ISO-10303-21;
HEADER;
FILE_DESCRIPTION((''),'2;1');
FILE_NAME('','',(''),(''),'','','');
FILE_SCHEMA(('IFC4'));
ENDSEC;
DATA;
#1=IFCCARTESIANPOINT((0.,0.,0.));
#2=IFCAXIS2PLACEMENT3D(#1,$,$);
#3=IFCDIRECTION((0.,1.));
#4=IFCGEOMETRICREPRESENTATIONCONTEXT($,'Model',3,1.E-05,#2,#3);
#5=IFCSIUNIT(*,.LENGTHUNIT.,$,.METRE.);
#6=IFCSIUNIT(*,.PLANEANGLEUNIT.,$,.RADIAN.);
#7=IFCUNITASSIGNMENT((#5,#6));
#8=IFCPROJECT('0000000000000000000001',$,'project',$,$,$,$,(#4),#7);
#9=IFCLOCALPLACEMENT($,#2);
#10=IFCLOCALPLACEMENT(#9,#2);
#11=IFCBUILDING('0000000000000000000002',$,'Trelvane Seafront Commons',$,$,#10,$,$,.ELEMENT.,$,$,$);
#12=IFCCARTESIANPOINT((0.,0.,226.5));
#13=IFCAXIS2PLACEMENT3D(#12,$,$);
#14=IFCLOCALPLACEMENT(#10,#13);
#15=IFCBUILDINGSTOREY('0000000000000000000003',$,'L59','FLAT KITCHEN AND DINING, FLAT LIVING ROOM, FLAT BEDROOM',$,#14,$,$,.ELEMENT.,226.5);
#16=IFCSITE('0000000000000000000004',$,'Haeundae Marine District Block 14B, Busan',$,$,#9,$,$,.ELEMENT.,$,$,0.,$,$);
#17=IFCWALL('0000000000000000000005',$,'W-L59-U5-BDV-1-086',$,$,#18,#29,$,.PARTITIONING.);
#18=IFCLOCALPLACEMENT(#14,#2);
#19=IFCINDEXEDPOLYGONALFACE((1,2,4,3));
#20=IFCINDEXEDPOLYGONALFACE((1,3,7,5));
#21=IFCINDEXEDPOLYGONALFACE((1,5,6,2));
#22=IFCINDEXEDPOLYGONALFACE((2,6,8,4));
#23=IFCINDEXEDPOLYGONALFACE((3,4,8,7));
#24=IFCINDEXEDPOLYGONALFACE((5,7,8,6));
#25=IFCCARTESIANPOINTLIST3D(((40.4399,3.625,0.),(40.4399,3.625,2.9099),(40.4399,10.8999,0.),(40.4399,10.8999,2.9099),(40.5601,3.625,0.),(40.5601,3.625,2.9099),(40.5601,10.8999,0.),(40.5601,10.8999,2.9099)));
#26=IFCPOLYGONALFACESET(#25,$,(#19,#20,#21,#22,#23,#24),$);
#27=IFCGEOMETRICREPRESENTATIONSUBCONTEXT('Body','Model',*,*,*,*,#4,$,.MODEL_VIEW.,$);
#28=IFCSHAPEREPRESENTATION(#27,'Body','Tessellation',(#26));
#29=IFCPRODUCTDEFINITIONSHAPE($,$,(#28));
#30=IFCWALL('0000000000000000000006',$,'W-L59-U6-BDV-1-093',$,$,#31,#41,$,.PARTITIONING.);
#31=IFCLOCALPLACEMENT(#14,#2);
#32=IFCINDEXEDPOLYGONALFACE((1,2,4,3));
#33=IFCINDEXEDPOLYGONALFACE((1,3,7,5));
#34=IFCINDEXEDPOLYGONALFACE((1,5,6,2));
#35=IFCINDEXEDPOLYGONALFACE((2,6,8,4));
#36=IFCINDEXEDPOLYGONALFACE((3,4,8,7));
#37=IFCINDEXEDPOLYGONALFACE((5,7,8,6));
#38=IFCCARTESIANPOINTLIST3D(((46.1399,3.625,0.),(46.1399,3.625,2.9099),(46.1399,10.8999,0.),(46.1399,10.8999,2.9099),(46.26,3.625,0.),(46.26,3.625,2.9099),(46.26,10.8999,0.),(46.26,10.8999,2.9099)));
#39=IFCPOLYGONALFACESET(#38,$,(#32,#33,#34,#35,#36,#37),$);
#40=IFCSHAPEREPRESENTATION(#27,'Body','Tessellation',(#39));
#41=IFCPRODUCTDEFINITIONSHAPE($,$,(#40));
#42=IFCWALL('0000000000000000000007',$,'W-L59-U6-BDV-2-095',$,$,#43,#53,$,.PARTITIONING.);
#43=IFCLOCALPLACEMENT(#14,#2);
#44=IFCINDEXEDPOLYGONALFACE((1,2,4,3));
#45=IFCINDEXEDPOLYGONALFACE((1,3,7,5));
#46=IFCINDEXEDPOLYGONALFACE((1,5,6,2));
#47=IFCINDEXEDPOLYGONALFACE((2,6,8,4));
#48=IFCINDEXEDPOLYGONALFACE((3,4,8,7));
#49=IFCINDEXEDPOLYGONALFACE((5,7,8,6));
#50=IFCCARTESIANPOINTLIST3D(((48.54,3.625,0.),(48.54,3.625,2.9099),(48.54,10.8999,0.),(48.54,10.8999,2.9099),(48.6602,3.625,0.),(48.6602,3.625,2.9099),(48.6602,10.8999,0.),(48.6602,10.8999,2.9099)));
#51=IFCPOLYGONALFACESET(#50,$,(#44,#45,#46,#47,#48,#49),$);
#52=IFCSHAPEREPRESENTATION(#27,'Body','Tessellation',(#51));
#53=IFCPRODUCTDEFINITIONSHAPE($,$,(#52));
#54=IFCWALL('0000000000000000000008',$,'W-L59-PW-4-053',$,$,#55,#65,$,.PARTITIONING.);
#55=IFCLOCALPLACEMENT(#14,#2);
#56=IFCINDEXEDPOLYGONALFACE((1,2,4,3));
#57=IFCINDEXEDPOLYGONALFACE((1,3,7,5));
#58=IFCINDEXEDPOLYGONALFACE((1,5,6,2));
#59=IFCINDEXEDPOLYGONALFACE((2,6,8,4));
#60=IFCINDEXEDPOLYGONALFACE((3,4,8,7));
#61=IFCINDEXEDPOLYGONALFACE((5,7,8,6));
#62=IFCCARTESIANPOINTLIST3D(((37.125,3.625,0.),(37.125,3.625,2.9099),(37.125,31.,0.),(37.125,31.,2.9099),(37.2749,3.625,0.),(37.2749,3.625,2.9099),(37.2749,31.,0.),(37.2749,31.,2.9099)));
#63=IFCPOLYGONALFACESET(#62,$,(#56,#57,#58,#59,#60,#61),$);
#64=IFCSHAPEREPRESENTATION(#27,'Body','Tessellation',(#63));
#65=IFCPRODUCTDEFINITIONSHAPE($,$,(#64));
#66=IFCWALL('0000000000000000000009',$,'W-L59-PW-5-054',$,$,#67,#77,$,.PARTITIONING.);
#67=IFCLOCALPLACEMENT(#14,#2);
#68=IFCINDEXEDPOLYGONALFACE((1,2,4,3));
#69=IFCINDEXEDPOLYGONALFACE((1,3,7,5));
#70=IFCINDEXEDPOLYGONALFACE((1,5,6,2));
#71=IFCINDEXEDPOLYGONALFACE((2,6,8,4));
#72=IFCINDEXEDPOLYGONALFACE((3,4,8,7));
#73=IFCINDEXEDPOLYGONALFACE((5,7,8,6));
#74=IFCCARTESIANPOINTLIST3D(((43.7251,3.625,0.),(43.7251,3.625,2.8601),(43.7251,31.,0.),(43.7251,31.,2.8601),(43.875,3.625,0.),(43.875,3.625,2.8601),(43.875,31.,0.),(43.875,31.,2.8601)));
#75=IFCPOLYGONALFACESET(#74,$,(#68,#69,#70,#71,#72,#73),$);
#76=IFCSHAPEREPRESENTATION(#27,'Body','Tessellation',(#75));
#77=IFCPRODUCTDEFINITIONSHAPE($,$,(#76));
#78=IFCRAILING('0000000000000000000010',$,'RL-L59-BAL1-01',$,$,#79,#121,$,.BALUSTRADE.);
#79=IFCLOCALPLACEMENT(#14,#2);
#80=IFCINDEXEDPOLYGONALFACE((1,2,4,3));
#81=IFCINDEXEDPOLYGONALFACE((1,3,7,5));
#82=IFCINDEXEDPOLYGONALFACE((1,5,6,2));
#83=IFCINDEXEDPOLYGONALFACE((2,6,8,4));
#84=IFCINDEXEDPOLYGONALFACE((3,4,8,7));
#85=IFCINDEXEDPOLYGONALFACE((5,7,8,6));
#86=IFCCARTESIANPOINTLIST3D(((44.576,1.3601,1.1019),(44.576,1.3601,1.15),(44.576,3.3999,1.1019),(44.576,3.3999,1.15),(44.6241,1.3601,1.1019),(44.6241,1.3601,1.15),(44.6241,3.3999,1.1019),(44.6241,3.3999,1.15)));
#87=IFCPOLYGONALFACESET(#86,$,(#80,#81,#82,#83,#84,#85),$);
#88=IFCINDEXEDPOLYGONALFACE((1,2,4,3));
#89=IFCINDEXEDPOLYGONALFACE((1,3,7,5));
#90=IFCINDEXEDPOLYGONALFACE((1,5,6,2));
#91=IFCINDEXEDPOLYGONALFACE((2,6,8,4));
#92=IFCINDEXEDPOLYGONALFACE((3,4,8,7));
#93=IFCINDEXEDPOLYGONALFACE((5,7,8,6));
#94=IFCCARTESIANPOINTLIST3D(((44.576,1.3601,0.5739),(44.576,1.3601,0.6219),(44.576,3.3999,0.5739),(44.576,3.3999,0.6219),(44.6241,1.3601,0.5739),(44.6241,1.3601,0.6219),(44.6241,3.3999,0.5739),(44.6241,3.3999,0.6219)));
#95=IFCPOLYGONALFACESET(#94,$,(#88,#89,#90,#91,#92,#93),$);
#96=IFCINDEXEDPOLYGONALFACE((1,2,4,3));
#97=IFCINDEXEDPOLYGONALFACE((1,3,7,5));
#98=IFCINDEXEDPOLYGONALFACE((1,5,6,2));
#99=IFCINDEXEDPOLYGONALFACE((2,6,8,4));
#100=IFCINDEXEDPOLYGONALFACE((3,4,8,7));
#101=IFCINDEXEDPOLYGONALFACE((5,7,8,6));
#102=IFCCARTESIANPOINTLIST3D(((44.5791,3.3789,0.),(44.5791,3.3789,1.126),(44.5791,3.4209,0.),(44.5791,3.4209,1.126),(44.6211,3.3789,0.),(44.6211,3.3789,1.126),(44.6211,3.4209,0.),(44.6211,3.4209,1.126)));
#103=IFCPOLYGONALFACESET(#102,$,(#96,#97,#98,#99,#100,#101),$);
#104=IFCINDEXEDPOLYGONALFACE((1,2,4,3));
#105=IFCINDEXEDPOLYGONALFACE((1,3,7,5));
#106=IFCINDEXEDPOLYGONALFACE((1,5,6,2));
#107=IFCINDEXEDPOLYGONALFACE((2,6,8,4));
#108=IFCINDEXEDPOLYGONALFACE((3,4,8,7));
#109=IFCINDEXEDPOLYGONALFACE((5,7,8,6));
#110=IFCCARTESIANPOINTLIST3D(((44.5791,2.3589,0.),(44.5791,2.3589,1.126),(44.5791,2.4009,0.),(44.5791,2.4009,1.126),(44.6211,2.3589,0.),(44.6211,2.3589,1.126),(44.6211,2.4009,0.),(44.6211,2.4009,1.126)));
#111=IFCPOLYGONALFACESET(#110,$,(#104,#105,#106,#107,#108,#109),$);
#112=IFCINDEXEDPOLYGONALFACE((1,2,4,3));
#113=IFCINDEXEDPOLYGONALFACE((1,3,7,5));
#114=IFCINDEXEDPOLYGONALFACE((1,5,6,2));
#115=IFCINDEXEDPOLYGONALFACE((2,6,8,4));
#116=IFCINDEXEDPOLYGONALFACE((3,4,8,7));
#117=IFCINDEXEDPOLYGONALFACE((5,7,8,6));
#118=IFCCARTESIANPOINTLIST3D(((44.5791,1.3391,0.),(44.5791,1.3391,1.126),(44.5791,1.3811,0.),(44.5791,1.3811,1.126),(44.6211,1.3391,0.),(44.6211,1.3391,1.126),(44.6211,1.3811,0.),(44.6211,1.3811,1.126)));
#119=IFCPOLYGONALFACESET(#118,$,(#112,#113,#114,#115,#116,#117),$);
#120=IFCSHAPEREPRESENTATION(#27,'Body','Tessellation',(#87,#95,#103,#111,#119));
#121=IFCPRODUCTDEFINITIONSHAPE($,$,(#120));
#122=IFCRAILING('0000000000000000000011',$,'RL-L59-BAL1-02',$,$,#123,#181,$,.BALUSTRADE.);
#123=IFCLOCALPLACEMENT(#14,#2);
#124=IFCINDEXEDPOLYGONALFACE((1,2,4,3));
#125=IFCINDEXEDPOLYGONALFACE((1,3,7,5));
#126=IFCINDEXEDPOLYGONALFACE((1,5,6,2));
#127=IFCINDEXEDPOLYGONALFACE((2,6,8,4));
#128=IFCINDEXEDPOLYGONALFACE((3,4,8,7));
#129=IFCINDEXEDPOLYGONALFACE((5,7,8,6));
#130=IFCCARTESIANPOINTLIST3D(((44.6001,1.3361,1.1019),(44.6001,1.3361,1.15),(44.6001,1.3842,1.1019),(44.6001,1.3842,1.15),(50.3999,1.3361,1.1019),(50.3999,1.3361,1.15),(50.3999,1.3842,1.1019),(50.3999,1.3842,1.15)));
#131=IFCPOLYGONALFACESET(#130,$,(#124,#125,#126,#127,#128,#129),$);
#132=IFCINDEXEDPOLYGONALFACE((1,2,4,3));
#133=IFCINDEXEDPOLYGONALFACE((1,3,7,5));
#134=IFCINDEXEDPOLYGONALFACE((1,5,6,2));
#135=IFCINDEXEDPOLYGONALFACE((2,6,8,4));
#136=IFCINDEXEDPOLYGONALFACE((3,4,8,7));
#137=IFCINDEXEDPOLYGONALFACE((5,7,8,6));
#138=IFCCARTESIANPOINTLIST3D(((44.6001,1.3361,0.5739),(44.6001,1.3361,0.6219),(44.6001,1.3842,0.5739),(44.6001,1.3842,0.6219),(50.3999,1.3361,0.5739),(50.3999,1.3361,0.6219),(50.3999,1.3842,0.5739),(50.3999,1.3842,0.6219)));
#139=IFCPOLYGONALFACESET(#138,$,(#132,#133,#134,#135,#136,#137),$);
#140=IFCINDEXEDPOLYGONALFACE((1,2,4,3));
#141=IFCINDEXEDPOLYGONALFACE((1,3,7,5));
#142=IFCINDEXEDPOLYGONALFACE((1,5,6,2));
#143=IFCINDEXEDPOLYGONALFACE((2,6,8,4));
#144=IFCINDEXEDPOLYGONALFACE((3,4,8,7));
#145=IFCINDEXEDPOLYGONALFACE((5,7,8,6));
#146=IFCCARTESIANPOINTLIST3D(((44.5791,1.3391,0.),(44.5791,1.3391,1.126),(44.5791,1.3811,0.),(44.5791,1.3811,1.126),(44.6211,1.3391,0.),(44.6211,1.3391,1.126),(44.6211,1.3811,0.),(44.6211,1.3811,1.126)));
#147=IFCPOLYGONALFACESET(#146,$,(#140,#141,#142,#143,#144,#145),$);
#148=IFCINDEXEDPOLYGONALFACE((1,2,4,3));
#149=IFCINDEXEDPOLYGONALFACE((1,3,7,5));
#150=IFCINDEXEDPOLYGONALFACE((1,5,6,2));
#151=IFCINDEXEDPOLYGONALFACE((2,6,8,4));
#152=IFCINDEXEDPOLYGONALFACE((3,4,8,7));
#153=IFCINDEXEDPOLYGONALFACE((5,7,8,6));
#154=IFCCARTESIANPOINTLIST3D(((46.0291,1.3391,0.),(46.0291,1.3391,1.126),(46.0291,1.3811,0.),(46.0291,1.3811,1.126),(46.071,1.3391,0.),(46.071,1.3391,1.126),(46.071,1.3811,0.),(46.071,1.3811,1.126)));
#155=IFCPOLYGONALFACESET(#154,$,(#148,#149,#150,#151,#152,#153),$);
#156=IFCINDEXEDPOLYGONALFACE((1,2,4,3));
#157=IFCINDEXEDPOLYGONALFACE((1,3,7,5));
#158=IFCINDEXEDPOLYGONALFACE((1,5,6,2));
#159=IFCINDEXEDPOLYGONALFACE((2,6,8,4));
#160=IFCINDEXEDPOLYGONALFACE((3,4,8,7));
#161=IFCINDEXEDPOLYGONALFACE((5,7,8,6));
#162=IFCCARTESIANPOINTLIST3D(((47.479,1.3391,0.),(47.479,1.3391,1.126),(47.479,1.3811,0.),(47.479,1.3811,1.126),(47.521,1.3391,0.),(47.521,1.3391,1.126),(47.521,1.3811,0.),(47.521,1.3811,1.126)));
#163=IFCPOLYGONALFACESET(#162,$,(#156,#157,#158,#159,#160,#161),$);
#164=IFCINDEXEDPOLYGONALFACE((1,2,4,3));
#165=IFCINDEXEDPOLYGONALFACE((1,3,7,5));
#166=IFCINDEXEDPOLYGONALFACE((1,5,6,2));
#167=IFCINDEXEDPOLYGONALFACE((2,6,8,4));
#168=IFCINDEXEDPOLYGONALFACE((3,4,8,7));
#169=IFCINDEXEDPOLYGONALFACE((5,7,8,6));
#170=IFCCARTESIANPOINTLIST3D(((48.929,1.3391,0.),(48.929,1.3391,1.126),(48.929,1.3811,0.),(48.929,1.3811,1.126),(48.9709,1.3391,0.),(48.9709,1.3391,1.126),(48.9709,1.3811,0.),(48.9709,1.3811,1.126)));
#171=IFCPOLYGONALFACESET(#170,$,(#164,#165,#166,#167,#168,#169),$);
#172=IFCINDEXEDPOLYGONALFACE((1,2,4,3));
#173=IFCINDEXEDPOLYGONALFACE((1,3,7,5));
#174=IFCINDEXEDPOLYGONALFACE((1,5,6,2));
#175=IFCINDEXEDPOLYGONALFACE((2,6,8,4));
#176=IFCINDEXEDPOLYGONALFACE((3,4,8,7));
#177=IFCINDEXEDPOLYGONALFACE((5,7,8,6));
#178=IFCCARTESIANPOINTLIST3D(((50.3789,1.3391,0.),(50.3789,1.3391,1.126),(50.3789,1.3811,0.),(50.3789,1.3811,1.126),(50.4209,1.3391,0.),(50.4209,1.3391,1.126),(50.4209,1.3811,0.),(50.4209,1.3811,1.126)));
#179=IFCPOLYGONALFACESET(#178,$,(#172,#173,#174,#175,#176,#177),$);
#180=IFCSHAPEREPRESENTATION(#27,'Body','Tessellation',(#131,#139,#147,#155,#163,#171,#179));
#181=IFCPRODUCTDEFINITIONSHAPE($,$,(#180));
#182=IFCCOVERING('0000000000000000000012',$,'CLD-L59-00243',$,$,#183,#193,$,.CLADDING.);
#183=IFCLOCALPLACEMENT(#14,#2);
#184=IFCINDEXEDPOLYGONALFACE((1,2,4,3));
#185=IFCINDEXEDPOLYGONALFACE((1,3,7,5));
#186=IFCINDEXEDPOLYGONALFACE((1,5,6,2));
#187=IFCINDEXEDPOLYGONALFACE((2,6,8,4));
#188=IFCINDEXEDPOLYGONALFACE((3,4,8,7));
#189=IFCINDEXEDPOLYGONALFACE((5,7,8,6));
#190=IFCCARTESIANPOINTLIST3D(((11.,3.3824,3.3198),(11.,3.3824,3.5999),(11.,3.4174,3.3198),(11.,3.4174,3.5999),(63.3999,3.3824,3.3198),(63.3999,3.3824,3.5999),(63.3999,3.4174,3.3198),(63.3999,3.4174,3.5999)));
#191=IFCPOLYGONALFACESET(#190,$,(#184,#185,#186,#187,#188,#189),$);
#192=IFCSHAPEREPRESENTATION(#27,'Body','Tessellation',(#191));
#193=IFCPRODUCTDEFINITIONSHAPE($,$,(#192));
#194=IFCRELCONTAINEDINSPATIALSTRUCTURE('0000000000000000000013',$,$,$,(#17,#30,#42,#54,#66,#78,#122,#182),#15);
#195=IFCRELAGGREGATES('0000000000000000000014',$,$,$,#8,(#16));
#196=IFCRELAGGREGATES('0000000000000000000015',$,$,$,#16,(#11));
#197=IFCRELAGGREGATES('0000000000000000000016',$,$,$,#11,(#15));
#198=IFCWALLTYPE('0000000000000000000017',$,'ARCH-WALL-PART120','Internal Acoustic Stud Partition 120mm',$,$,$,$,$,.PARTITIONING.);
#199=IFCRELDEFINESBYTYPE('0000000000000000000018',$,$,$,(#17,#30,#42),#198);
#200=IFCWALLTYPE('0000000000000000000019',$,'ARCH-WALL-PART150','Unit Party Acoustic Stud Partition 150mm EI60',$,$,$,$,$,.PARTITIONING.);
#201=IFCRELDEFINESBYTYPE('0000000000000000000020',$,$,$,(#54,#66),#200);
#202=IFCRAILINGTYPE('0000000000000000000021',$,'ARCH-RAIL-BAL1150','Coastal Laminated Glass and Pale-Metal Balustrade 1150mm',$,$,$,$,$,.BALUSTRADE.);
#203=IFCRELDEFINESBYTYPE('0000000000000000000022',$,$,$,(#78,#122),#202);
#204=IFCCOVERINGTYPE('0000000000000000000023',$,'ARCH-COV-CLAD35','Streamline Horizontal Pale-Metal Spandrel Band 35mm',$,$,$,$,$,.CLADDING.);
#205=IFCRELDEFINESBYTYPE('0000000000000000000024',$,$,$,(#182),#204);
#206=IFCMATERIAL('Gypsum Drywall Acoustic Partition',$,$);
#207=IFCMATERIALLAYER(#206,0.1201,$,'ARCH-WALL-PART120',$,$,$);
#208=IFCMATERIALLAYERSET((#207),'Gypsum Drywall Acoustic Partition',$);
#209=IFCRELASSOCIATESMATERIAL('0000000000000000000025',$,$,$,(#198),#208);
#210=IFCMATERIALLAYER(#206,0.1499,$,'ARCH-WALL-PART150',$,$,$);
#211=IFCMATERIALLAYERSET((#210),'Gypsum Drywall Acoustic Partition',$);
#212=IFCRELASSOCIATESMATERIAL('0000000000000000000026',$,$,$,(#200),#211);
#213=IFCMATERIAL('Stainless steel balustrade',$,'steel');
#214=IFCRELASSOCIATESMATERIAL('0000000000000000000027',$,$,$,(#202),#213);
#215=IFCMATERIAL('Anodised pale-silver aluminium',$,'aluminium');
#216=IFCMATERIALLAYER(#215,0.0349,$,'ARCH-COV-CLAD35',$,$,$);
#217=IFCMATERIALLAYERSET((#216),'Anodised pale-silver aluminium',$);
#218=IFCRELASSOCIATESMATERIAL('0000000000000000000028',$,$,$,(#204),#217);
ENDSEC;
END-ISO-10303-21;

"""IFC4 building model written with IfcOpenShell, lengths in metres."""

from ifc_helpers import new_model, si_unit, direction, frame, frame_2d, origin, origin_2d, place, context, subcontext, project, spatial, rectangle, extrude, source, transform, mapped, material, layer, layer_set, type_object, element, save


model = new_model("IFC4")

# Units and contexts
model_context = context("Model", 3, precision=1e-05, world=origin(), true_north=direction((0.0, 1.0)))
body_context = subcontext(model_context, "Body", "Model", "MODEL_VIEW")
ifc_project = project(units=[si_unit("LENGTHUNIT", "METRE"), si_unit("PLANEANGLEUNIT", "RADIAN")], contexts=[model_context])

# Site, building, storey
site_placement = place(None, origin())
site = spatial("IfcSite", under=ifc_project, at=site_placement, Name="Haeundae Marine District Block 14B, Busan", CompositionType="ELEMENT", RefElevation=0.0)
building_placement = place(site_placement, origin())
building = spatial("IfcBuilding", under=site, at=building_placement, Name="Trelvane Seafront Commons", CompositionType="ELEMENT")
storey_placement = place(building_placement, frame((0.0, 0.0, 226.5)))
storey = spatial("IfcBuildingStorey", under=building, at=storey_placement, Name="L59", Description="FLAT KITCHEN AND DINING, FLAT LIVING ROOM, FLAT BEDROOM", CompositionType="ELEMENT", Elevation=226.5)

# Shared definitions
ifc_material_1 = material(Name="Anodised pale-silver aluminium", Category="aluminium")

# Shared definitions
ifc_material_2 = material(Name="Gypsum Drywall Acoustic Partition")
ifc_layer_1 = layer(ifc_material_2, 0.1201, Name="ARCH-WALL-PART120")
ifc_layer_set_1 = layer_set([ifc_layer_1], Name="Gypsum Drywall Acoustic Partition")
wall_type_1 = type_object("IfcWallType", Name="ARCH-WALL-PART120", Description="Internal Acoustic Stud Partition 120mm", PredefinedType="PARTITIONING", material=ifc_layer_set_1)

# Wall
wall_1_placement = place(storey_placement, frame((40.5, 3.625, 0.0), z_axis=(0.0, 0.0, 1.0), x_axis=(0.0, 1.0, 0.0)))
element("IfcWall", 1, at=wall_1_placement, inside=storey, type_object=wall_type_1, Name="W-L59-U5-BDV-1-086", PredefinedType="PARTITIONING", context=body_context, shape_type="SweptSolid", body=[
    extrude(rectangle(XDim=7.2749, YDim=0.1201, at=frame_2d((3.6375, 0.0))), origin(), (0.0, 0.0, 1.0), 2.9099),
])

# Wall
wall_2_placement = place(storey_placement, frame((46.2, 3.625, 0.0), z_axis=(0.0, 0.0, 1.0), x_axis=(0.0, 1.0, 0.0)))
element("IfcWall", 2, at=wall_2_placement, inside=storey, type_object=wall_type_1, Name="W-L59-U6-BDV-1-093", PredefinedType="PARTITIONING", context=body_context, shape_type="SweptSolid", body=[
    extrude(rectangle(XDim=7.2749, YDim=0.1201, at=frame_2d((3.6375, 0.0))), origin(), (0.0, 0.0, 1.0), 2.9099),
])

# Walls
wall_3_placement = place(storey_placement, frame((48.6001, 3.625, 0.0), z_axis=(0.0, 0.0, 1.0), x_axis=(0.0, 1.0, 0.0)))
element("IfcWall", 3, at=wall_3_placement, inside=storey, type_object=wall_type_1, Name="W-L59-U6-BDV-2-095", PredefinedType="PARTITIONING", context=body_context, shape_type="SweptSolid", body=[
    extrude(rectangle(XDim=7.2749, YDim=0.1201, at=frame_2d((3.6375, 0.0))), origin(), (0.0, 0.0, 1.0), 2.9099),
])
ifc_layer_2 = layer(ifc_material_2, 0.1499, Name="ARCH-WALL-PART150")
ifc_layer_set_2 = layer_set([ifc_layer_2], Name="Gypsum Drywall Acoustic Partition")
wall_type_2 = type_object("IfcWallType", Name="ARCH-WALL-PART150", Description="Unit Party Acoustic Stud Partition 150mm EI60", PredefinedType="PARTITIONING", material=ifc_layer_set_2)
wall_4_placement = place(storey_placement, frame((37.2, 3.625, 0.0), z_axis=(0.0, 0.0, 1.0), x_axis=(0.0, 1.0, 0.0)))
element("IfcWall", 4, at=wall_4_placement, inside=storey, type_object=wall_type_2, Name="W-L59-PW-4-053", PredefinedType="PARTITIONING", context=body_context, shape_type="SweptSolid", body=[
    extrude(rectangle(XDim=27.375, YDim=0.1499, at=frame_2d((13.6875, 0.0))), origin(), (0.0, 0.0, 1.0), 2.9099),
])
wall_5_placement = place(storey_placement, frame((43.8, 3.625, 0.0), z_axis=(0.0, 0.0, 1.0), x_axis=(0.0, 1.0, 0.0)))
element("IfcWall", 5, at=wall_5_placement, inside=storey, type_object=wall_type_2, Name="W-L59-PW-5-054", PredefinedType="PARTITIONING", context=body_context, shape_type="SweptSolid", body=[
    extrude(rectangle(XDim=27.375, YDim=0.1499, at=frame_2d((13.6875, 0.0))), origin(), (0.0, 0.0, 1.0), 2.8601),
])

# Railings
ifc_material_3 = material(Name="Stainless steel balustrade", Category="steel")
railing_type = type_object("IfcRailingType", Name="ARCH-RAIL-BAL1150", Description="Coastal Laminated Glass and Pale-Metal Balustrade 1150mm", PredefinedType="BALUSTRADE", material=ifc_material_3)
railing_1_placement = place(storey_placement, frame((44.6001, 3.3999, 0.0)))
element("IfcRailing", 6, at=railing_1_placement, inside=storey, type_object=railing_type, Name="RL-L59-BAL1-01", PredefinedType="BALUSTRADE", context=body_context, shape_type="SweptSolid", body=[
    extrude(rectangle(XDim=0.0481, YDim=0.0481, at=origin_2d()), frame((0.0, 0.0, 1.126), z_axis=(0.0, -1.0, 0.0), x_axis=(1.0, 0.0, 0.0)), (0.0, 0.0, 1.0), 2.0398),
    extrude(rectangle(XDim=0.0481, YDim=0.0481, at=origin_2d()), frame((0.0, 0.0, 0.5979), z_axis=(0.0, -1.0, 0.0), x_axis=(1.0, 0.0, 0.0)), (0.0, 0.0, 1.0), 2.0398),
    extrude(rectangle(XDim=0.042, YDim=0.042, at=origin_2d()), origin(), (0.0, 0.0, 1.0), 1.126),
    extrude(rectangle(XDim=0.042, YDim=0.042, at=origin_2d()), frame((0.0, -1.02, 0.0)), (0.0, 0.0, 1.0), 1.126),
    extrude(rectangle(XDim=0.042, YDim=0.042, at=origin_2d()), frame((0.0, -2.0398, 0.0)), (0.0, 0.0, 1.0), 1.126),
])
railing_2_placement = place(storey_placement, frame((44.6001, 1.3601, 0.0)))
element("IfcRailing", 7, at=railing_2_placement, inside=storey, type_object=railing_type, Name="RL-L59-BAL1-02", PredefinedType="BALUSTRADE", context=body_context, shape_type="SweptSolid", body=[
    extrude(rectangle(XDim=0.0481, YDim=0.0481, at=origin_2d()), frame((0.0, 0.0, 1.126), z_axis=(1.0, 0.0, 0.0), x_axis=(0.0, 1.0, 0.0)), (0.0, 0.0, 1.0), 5.7998),
    extrude(rectangle(XDim=0.0481, YDim=0.0481, at=origin_2d()), frame((0.0, 0.0, 0.5979), z_axis=(1.0, 0.0, 0.0), x_axis=(0.0, 1.0, 0.0)), (0.0, 0.0, 1.0), 5.7998),
    extrude(rectangle(XDim=0.042, YDim=0.042, at=origin_2d()), origin(), (0.0, 0.0, 1.0), 1.126),
    extrude(rectangle(XDim=0.042, YDim=0.042, at=origin_2d()), frame((1.45, 0.0, 0.0)), (0.0, 0.0, 1.0), 1.126),
    extrude(rectangle(XDim=0.042, YDim=0.042, at=origin_2d()), frame((2.8999, 0.0, 0.0)), (0.0, 0.0, 1.0), 1.126),
    extrude(rectangle(XDim=0.042, YDim=0.042, at=origin_2d()), frame((4.3499, 0.0, 0.0)), (0.0, 0.0, 1.0), 1.126),
    extrude(rectangle(XDim=0.042, YDim=0.042, at=origin_2d()), frame((5.7998, 0.0, 0.0)), (0.0, 0.0, 1.0), 1.126),
])

# Covering
ifc_layer_3 = layer(ifc_material_1, 0.0349, Name="ARCH-COV-CLAD35")
ifc_layer_set_3 = layer_set([ifc_layer_3], Name="Anodised pale-silver aluminium")
covering_type = type_object("IfcCoveringType", Name="ARCH-COV-CLAD35", Description="Streamline Horizontal Pale-Metal Spandrel Band 35mm", PredefinedType="CLADDING", material=ifc_layer_set_3)
shared_shape_1 = source(origin(), body_context, "Body", "SweptSolid", [
    extrude(rectangle(XDim=52.3999, YDim=0.0349, at=origin_2d()), origin(), (0.0, 0.0, 1.0), 0.28),
])
covering_placement = place(storey_placement, frame((37.2, 3.3999, 3.3198), z_axis=(0.0, 0.0, 1.0), x_axis=(-1.0, 0.0, 0.0)))
element("IfcCovering", 8, at=covering_placement, inside=storey, type_object=covering_type, Name="CLD-L59-00243", PredefinedType="CLADDING", context=body_context, shape_type="MappedRepresentation", body=[
    mapped(shared_shape_1, transform((0.0, 0.0, 0.0), x_axis=(1.0, 0.0, 0.0), y_axis=(0.0, 1.0, 0.0), z_axis=(0.0, 0.0, 1.0), scale=1.0)),
])

save(model, "model.ifc")
